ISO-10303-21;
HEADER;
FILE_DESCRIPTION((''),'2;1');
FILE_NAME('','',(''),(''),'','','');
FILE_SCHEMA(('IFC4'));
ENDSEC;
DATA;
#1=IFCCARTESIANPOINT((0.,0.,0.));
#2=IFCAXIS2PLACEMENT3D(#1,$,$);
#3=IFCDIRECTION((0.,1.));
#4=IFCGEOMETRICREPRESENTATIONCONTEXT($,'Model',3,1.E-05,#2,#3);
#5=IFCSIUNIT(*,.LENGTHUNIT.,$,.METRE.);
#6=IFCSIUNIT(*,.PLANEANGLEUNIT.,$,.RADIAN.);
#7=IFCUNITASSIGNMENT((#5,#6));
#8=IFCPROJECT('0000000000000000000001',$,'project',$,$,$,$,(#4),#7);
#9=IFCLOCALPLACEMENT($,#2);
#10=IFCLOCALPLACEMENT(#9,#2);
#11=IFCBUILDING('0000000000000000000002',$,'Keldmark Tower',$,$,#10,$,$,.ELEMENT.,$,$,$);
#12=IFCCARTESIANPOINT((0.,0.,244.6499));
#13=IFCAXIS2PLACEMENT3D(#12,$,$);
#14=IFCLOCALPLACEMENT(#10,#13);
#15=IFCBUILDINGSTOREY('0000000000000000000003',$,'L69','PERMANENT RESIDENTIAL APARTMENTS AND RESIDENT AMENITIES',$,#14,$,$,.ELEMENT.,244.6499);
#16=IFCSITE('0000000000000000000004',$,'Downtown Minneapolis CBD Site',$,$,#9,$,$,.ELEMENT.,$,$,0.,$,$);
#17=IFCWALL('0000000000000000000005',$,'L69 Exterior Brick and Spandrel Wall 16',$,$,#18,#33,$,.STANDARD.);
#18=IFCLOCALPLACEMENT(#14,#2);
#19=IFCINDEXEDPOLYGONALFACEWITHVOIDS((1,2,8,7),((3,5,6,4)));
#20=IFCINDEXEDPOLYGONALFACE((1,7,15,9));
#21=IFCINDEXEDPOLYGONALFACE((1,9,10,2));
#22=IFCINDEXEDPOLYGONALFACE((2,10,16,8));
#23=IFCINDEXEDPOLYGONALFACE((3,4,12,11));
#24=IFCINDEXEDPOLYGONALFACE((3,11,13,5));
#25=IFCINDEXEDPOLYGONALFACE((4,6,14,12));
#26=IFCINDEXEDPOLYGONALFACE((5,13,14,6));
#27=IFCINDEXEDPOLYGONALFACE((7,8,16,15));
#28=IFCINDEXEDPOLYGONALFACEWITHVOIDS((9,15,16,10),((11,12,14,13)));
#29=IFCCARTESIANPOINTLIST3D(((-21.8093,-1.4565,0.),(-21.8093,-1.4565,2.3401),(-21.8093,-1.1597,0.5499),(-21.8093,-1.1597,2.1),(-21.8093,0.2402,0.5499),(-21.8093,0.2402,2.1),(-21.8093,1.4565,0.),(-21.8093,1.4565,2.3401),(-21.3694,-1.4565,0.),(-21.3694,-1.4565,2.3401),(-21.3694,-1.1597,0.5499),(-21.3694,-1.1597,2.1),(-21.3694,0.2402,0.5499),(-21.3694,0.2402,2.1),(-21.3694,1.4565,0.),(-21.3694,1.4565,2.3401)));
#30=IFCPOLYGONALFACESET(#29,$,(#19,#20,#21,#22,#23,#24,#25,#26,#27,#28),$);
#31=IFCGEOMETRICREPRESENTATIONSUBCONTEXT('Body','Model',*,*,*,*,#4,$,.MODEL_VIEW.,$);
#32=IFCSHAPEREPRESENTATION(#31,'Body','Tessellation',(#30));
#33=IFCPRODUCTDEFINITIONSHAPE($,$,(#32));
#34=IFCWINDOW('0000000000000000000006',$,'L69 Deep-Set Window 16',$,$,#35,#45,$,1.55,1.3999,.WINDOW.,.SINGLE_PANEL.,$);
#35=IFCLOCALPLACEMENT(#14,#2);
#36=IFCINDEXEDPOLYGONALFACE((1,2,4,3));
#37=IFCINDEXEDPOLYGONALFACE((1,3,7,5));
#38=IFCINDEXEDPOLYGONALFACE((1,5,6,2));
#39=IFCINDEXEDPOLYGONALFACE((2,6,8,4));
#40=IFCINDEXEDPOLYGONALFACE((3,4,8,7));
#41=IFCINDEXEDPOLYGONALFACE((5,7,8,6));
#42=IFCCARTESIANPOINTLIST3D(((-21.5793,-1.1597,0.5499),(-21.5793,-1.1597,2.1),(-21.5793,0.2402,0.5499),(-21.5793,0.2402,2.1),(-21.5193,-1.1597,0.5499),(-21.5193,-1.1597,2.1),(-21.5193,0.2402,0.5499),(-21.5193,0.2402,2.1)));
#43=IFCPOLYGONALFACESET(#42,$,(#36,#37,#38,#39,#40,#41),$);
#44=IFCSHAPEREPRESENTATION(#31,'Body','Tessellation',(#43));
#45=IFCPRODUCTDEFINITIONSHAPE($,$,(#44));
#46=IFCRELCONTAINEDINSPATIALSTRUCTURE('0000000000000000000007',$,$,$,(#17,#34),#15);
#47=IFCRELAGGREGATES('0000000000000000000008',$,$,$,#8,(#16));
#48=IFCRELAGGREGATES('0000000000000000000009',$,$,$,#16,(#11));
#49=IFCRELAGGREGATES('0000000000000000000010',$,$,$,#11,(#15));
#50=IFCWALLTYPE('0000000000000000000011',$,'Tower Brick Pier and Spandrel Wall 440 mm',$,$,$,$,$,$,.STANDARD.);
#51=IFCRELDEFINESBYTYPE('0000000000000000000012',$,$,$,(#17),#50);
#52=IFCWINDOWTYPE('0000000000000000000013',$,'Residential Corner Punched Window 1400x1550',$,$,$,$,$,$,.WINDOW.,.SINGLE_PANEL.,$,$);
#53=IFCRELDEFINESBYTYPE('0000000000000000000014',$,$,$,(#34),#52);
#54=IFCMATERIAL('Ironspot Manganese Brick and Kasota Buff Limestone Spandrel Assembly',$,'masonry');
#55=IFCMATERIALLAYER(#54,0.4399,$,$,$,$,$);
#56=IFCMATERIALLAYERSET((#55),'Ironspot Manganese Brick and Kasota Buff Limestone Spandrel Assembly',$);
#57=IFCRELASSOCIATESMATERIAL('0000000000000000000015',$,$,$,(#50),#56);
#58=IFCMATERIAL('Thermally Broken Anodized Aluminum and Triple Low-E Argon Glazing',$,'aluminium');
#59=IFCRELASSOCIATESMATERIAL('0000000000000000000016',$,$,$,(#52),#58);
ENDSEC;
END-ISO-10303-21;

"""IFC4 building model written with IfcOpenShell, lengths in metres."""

from ifc_helpers import new_model, si_unit, direction, frame, frame_2d, origin, place, context, subcontext, project, spatial, rectangle, extrude, material, layer, layer_set, type_object, element, fill, save


model = new_model("IFC4")

# Units and contexts
model_context = context("Model", 3, precision=1e-05, world=origin(), true_north=direction((0.0, 1.0)))
body_context = subcontext(model_context, "Body", "Model", "MODEL_VIEW")
ifc_project = project(units=[si_unit("LENGTHUNIT", "METRE"), si_unit("PLANEANGLEUNIT", "RADIAN")], contexts=[model_context])

# Site, building, storey
site_placement = place(None, origin())
site = spatial("IfcSite", under=ifc_project, at=site_placement, Name="Downtown Minneapolis CBD Site", CompositionType="ELEMENT", RefElevation=0.0)
building_placement = place(site_placement, origin())
building = spatial("IfcBuilding", under=site, at=building_placement, Name="Keldmark Tower", CompositionType="ELEMENT")
storey_placement = place(building_placement, frame((0.0, 0.0, 244.6499)))
storey = spatial("IfcBuildingStorey", under=building, at=storey_placement, Name="L69", Description="PERMANENT RESIDENTIAL APARTMENTS AND RESIDENT AMENITIES", CompositionType="ELEMENT", Elevation=244.6499)

# Wall, opening, window
ifc_material_1 = material(Name="Ironspot Manganese Brick and Kasota Buff Limestone Spandrel Assembly", Category="masonry")
ifc_layer_1 = layer(ifc_material_1, 0.4399)
ifc_layer_set_1 = layer_set([ifc_layer_1], Name="Ironspot Manganese Brick and Kasota Buff Limestone Spandrel Assembly")
wall_type_1 = type_object("IfcWallType", Name="Tower Brick Pier and Spandrel Wall 440 mm", PredefinedType="STANDARD", material=ifc_layer_set_1)
ifc_material_2 = material(Name="Thermally Broken Anodized Aluminum and Triple Low-E Argon Glazing", Category="aluminium")
window_type = type_object("IfcWindowType", Name="Residential Corner Punched Window 1400x1550", PartitioningType="SINGLE_PANEL", PredefinedType="WINDOW", material=ifc_material_2)
wall_1_placement = place(storey_placement, frame((-21.5894, -1.4565, 0.0), z_axis=(0.0, 0.0, 1.0), x_axis=(0.0, 1.0, 0.0)))
wall_1 = element("IfcWall", 1, at=wall_1_placement, inside=storey, type_object=wall_type_1, Name="L69 Exterior Brick and Spandrel Wall 16", PredefinedType="STANDARD", context=body_context, shape_type="SweptSolid", body=[
    extrude(rectangle(XDim=2.9131, YDim=0.4399, at=frame_2d((1.4565, 0.0))), origin(), (0.0, 0.0, 1.0), 2.3401),
])
opening_1_placement = place(wall_1_placement, frame((0.2969, 0.0, 0.55)))
opening_1 = element("IfcOpeningElement", 2, at=opening_1_placement, cuts=wall_1, PredefinedType="OPENING", context=body_context, shape_type="SweptSolid", body=[
    extrude(rectangle(XDim=1.3999, YDim=1.55, at=frame_2d((0.7, 0.7749))), frame((0.0, 0.23, 0.0), z_axis=(0.0, -1.0, 0.0), x_axis=(1.0, 0.0, 0.0)), (0.0, 0.0, 1.0), 0.46),
])
window_1_placement = place(opening_1_placement, origin())
window_1 = element("IfcWindow", 3, at=window_1_placement, inside=storey, type_object=window_type, Name="L69 Deep-Set Window 16", OverallHeight=1.55, OverallWidth=1.3999, PartitioningType="SINGLE_PANEL", PredefinedType="WINDOW", context=body_context, shape_type="SweptSolid", body=[
    extrude(rectangle(XDim=1.3999, YDim=1.55, at=frame_2d((0.7, 0.7749))), frame((0.0, -0.01, 0.0), z_axis=(0.0, -1.0, 0.0), x_axis=(1.0, 0.0, 0.0)), (0.0, 0.0, 1.0), 0.0601),
])
fill(opening_1, window_1)

save(model, "model.ifc")
